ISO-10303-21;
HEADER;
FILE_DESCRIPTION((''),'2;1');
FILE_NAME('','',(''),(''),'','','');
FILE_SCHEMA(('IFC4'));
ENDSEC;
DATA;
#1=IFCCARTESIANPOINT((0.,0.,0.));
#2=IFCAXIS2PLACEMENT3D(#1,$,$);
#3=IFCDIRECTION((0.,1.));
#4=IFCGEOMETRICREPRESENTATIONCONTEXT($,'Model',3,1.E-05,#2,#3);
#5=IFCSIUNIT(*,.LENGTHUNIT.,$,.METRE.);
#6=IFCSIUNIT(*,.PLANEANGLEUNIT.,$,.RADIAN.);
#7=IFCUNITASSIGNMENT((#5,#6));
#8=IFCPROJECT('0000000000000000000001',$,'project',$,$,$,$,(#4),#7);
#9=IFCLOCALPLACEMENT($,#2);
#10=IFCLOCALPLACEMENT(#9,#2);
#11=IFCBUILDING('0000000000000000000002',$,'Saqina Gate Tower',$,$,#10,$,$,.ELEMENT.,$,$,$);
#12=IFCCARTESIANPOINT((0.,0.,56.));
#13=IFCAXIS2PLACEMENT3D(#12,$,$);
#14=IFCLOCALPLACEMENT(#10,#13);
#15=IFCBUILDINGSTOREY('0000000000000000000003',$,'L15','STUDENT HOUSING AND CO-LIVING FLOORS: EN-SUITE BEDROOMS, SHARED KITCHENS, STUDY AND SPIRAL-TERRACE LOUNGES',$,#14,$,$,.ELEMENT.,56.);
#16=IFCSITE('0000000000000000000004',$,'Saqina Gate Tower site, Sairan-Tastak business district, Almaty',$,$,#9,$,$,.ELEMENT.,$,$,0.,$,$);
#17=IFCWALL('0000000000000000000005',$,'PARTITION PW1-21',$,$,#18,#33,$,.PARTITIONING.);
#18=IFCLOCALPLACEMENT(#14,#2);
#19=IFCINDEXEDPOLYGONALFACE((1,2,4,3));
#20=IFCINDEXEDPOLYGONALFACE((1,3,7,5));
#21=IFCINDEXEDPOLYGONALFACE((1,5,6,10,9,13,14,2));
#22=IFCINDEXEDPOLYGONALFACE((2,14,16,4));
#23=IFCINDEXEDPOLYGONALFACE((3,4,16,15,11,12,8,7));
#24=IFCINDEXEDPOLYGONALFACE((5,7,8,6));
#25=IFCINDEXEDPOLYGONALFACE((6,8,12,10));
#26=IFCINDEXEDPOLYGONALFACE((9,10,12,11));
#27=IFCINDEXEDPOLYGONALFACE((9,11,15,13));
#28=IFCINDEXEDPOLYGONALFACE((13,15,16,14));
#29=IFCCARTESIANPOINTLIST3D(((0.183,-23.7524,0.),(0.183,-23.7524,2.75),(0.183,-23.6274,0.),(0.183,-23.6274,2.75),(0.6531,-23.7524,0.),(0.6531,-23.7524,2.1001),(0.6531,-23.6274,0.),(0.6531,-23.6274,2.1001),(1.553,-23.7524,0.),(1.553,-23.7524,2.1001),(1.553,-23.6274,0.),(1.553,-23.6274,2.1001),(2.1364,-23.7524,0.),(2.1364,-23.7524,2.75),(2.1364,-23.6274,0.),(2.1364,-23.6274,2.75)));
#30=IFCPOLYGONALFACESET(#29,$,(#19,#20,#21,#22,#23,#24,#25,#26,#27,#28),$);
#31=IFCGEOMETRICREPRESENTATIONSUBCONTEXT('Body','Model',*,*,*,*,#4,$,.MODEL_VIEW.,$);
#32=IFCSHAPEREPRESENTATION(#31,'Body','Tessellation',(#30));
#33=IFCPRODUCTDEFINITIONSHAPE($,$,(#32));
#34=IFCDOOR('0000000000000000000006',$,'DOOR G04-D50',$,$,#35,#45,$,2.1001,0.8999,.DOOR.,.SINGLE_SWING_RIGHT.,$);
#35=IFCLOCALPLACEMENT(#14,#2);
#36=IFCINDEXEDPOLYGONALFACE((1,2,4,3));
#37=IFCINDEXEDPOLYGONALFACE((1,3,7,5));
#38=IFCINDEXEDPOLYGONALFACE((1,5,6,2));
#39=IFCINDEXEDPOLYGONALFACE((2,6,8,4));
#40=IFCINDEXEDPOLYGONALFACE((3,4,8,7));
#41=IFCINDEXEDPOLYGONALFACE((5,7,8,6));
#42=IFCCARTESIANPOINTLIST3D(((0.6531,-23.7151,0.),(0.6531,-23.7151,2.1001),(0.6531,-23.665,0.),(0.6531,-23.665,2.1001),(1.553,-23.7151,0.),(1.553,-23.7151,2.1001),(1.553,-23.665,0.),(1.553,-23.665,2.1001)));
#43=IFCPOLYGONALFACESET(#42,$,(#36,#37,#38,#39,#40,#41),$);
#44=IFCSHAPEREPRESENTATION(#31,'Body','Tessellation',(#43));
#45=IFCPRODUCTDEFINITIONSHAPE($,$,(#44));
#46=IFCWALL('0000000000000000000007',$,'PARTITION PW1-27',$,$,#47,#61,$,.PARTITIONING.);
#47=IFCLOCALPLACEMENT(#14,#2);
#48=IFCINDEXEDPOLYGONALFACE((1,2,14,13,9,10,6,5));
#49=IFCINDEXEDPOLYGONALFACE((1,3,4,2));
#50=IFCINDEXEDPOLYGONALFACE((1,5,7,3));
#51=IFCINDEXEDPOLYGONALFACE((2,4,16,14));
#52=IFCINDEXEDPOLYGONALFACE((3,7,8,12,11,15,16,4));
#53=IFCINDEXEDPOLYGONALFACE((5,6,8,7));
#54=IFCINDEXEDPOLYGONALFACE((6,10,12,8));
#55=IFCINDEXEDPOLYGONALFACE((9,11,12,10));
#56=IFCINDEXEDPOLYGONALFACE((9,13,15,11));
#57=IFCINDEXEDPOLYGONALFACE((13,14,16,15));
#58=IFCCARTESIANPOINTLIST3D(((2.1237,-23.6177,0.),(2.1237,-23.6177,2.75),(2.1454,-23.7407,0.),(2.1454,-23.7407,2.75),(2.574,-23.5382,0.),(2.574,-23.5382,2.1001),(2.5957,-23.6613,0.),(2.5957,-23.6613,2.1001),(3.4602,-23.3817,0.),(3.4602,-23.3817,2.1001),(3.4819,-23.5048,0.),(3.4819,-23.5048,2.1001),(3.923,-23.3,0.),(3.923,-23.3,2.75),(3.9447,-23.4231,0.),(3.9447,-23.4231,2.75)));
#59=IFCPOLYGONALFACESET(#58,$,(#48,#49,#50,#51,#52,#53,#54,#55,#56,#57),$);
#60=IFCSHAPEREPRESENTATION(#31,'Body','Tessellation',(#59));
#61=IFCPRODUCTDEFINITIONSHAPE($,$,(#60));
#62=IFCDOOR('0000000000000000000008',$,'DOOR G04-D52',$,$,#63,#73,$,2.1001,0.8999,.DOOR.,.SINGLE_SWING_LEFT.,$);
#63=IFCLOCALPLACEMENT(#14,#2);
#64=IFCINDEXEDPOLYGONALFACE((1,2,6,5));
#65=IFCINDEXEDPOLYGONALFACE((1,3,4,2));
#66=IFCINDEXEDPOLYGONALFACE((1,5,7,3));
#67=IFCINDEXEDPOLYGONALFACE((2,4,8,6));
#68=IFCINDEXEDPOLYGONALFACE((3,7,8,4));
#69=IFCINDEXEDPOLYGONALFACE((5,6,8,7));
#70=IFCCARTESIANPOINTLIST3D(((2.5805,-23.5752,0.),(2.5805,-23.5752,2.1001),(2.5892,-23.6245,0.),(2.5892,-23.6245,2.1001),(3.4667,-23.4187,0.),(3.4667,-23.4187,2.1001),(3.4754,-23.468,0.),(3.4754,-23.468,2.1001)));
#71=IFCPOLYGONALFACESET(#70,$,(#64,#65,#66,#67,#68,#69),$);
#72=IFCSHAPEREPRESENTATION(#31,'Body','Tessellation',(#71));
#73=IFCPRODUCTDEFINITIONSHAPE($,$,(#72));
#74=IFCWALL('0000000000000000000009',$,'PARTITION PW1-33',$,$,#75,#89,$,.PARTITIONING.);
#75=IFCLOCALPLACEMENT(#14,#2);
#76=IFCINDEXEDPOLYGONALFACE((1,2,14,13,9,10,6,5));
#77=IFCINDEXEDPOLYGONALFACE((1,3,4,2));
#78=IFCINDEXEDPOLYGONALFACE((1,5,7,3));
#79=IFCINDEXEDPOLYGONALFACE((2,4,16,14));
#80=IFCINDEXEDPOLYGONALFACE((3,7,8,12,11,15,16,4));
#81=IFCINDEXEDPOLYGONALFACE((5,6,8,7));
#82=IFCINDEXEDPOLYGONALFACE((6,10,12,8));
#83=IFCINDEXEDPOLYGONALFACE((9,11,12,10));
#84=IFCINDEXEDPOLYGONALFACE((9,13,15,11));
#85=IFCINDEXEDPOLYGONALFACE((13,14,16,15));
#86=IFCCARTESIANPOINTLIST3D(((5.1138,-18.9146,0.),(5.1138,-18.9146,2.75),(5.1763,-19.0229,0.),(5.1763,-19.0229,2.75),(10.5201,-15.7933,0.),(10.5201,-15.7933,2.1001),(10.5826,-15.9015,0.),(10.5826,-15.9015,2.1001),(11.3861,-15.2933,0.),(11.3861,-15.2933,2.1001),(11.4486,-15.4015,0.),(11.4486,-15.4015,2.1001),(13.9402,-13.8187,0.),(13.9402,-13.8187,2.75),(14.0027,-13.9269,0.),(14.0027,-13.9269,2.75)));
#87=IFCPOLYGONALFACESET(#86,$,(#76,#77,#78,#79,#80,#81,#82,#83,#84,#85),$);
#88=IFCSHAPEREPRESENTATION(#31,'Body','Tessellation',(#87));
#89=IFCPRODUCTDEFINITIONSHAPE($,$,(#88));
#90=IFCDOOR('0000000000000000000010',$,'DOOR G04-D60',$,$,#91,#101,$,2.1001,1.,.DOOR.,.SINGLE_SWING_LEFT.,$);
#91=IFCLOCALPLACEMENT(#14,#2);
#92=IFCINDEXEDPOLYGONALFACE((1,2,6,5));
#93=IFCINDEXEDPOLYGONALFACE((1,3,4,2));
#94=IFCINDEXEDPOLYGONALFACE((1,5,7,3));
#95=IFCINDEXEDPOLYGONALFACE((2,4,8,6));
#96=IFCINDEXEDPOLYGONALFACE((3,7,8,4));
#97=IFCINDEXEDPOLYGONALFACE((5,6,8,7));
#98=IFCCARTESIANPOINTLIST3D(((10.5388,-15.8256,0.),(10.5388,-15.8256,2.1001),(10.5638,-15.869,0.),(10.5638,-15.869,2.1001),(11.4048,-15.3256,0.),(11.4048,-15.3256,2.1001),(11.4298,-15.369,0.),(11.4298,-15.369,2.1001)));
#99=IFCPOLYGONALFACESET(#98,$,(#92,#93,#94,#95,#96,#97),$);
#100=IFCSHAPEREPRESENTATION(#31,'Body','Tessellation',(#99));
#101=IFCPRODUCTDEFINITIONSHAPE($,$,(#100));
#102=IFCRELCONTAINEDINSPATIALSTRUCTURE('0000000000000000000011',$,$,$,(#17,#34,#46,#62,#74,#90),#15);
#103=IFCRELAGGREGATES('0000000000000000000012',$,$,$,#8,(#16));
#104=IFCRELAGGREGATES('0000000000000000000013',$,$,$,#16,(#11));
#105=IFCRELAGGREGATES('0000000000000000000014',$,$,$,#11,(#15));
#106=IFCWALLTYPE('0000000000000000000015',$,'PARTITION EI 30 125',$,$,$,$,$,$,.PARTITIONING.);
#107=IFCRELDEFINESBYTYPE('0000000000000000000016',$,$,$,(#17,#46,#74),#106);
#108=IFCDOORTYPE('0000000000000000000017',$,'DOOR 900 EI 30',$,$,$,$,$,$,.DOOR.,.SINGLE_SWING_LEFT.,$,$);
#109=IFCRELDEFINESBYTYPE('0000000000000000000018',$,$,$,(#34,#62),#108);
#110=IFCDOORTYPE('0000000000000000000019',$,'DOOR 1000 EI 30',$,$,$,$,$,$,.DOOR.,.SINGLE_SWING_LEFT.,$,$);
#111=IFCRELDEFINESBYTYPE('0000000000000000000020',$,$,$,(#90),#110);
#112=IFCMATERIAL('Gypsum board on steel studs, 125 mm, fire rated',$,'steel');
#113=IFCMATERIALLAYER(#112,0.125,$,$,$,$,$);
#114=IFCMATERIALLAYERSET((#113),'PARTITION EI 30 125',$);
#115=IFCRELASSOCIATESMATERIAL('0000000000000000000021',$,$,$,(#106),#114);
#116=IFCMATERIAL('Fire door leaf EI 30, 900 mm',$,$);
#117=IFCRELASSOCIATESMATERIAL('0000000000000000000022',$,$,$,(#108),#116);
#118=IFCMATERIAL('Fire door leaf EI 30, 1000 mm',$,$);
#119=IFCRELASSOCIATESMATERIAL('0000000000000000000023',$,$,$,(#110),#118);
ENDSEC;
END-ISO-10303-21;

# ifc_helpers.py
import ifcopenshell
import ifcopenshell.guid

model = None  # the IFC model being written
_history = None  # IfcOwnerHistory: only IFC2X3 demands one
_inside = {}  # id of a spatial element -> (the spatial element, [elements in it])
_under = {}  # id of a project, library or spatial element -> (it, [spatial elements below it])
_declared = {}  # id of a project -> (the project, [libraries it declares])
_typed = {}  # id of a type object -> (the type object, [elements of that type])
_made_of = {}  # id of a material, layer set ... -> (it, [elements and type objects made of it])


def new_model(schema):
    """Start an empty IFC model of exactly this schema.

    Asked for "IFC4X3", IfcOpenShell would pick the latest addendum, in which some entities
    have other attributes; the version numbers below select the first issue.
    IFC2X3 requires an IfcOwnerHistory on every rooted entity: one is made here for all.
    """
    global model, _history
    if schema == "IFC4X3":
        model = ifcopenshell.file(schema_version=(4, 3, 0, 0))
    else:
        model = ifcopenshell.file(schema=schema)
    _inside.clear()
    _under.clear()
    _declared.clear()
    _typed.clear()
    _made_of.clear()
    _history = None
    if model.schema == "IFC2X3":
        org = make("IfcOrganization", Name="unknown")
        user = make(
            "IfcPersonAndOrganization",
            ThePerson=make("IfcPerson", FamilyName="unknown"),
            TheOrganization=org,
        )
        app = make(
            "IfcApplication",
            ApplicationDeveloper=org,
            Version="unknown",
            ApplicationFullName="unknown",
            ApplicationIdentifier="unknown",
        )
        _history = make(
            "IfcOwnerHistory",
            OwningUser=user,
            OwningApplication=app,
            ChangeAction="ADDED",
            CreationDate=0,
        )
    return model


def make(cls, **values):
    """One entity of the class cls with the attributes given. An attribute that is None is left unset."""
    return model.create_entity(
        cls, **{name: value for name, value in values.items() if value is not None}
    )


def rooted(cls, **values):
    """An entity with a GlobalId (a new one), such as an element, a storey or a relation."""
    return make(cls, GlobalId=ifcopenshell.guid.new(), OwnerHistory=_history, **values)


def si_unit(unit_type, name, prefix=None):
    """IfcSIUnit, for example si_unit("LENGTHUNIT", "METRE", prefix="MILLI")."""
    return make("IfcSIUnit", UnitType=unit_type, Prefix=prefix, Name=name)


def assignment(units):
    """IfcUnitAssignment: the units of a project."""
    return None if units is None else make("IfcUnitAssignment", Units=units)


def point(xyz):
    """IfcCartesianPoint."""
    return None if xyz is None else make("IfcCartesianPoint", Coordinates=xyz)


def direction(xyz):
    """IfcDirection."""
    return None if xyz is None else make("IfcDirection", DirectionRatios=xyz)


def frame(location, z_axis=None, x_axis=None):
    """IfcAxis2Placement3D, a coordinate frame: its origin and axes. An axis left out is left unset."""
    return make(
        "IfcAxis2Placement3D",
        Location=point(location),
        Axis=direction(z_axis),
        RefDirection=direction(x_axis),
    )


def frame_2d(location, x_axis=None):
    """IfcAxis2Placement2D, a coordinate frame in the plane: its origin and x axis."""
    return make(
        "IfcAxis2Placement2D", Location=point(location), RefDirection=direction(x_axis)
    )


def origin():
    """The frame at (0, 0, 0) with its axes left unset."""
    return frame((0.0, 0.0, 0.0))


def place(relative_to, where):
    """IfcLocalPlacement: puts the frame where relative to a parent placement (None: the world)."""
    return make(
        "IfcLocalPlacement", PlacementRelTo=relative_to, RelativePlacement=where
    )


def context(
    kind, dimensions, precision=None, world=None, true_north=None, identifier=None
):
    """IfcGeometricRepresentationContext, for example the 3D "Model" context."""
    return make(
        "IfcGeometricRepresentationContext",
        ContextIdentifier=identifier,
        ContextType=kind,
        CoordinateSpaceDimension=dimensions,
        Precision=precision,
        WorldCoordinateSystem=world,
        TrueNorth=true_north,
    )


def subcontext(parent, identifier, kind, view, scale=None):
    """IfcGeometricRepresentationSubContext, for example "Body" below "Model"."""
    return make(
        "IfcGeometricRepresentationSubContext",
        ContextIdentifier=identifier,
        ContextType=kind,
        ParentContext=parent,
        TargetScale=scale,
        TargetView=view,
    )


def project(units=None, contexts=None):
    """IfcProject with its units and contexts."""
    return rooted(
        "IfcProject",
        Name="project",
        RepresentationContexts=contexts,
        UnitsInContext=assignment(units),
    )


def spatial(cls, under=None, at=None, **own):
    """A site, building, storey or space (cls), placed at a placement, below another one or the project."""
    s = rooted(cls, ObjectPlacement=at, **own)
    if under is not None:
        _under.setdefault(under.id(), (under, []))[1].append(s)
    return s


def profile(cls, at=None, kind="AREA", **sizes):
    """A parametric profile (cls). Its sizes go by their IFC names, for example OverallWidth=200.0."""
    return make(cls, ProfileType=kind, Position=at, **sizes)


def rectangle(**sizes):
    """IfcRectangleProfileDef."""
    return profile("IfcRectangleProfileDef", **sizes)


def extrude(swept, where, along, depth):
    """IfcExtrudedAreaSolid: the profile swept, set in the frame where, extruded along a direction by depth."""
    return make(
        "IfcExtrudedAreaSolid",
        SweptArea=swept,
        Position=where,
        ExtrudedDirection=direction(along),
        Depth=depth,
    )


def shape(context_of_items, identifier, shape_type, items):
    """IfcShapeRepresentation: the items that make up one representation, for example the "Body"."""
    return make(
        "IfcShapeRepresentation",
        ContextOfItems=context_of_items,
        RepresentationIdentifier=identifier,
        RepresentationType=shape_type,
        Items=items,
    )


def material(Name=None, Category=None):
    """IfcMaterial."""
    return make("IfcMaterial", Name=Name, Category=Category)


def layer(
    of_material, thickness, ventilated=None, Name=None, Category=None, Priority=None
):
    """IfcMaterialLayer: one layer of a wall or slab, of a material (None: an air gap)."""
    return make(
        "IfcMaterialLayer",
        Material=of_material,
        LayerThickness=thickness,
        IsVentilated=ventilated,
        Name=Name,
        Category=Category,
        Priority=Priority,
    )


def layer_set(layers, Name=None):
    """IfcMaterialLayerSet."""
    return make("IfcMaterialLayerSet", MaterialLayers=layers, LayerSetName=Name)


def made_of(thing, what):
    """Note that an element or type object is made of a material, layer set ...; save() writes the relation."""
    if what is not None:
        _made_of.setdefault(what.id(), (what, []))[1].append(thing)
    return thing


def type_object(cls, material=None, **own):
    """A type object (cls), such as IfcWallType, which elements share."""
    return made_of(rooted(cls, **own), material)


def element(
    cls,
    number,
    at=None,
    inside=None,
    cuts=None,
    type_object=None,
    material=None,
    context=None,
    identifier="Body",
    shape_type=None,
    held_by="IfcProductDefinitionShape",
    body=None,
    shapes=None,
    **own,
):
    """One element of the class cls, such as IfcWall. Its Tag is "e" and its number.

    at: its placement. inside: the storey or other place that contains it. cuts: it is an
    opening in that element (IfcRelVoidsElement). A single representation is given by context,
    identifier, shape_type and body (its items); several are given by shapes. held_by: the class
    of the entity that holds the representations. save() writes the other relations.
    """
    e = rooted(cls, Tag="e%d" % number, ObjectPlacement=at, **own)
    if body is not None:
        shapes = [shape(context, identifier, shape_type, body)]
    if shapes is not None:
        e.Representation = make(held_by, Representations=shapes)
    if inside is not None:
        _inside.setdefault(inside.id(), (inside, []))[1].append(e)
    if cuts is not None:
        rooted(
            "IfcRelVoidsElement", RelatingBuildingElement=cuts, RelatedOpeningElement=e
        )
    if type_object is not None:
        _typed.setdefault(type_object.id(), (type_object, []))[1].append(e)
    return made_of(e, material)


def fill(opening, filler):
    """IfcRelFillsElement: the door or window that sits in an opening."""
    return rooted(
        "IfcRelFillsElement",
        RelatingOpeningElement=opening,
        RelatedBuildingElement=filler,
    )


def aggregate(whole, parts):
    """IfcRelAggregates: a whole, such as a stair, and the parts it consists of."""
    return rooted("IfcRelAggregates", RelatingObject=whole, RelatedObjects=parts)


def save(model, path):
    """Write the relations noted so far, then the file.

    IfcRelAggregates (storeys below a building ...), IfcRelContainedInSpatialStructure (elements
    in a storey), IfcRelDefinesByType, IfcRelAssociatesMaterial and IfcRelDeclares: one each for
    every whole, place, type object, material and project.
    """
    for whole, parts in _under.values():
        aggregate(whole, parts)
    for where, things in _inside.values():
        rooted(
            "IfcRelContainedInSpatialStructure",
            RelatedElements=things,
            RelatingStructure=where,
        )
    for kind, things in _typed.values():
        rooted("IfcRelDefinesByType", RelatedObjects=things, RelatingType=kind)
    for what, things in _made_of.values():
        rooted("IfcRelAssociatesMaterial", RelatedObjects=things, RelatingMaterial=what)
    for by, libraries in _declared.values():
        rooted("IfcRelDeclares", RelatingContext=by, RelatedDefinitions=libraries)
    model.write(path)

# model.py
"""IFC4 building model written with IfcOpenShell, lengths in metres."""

from ifc_helpers import new_model, si_unit, direction, frame, frame_2d, origin, place, context, subcontext, project, spatial, rectangle, extrude, material, layer, layer_set, type_object, element, fill, save


model = new_model("IFC4")

# Units and contexts
model_context = context("Model", 3, precision=1e-05, world=origin(), true_north=direction((0.0, 1.0)))
body_context = subcontext(model_context, "Body", "Model", "MODEL_VIEW")
ifc_project = project(units=[si_unit("LENGTHUNIT", "METRE"), si_unit("PLANEANGLEUNIT", "RADIAN")], contexts=[model_context])

# Site, building, storey
site_placement = place(None, origin())
site = spatial("IfcSite", under=ifc_project, at=site_placement, Name="Saqina Gate Tower site, Sairan-Tastak business district, Almaty", CompositionType="ELEMENT", RefElevation=0.0)
building_placement = place(site_placement, origin())
building = spatial("IfcBuilding", under=site, at=building_placement, Name="Saqina Gate Tower", CompositionType="ELEMENT")
storey_placement = place(building_placement, frame((0.0, 0.0, 56.0)))
storey = spatial("IfcBuildingStorey", under=building, at=storey_placement, Name="L15", Description="STUDENT HOUSING AND CO-LIVING FLOORS: EN-SUITE BEDROOMS, SHARED KITCHENS, STUDY AND SPIRAL-TERRACE LOUNGES", CompositionType="ELEMENT", Elevation=56.0)

# Walls, openings, doors
ifc_material_1 = material(Name="Gypsum board on steel studs, 125 mm, fire rated", Category="steel")
ifc_layer_1 = layer(ifc_material_1, 0.125)
ifc_layer_set_1 = layer_set([ifc_layer_1], Name="PARTITION EI 30 125")
wall_type_1 = type_object("IfcWallType", Name="PARTITION EI 30 125", PredefinedType="PARTITIONING", material=ifc_layer_set_1)
wall_1_placement = place(storey_placement, frame((0.1831, -23.6899, 0.0), z_axis=(0.0, 0.0, 1.0), x_axis=(1.0, 0.0, 0.0)))
wall_1 = element("IfcWall", 1, at=wall_1_placement, inside=storey, type_object=wall_type_1, Name="PARTITION PW1-21", PredefinedType="PARTITIONING", context=body_context, shape_type="SweptSolid", body=[
    extrude(rectangle(XDim=1.9534, YDim=0.125, at=frame_2d((0.9766, 0.0))), origin(), (0.0, 0.0, 1.0), 2.75),
])
opening_1_placement = place(wall_1_placement, frame((0.47, 0.0, 0.0)))
opening_1 = element("IfcOpeningElement", 2, at=opening_1_placement, cuts=wall_1, PredefinedType="OPENING", context=body_context, shape_type="SweptSolid", body=[
    extrude(rectangle(XDim=0.8999, YDim=2.1001, at=frame_2d((0.45, 1.05))), frame((0.0, 0.0745, 0.0), z_axis=(0.0, -1.0, 0.0), x_axis=(1.0, 0.0, 0.0)), (0.0, 0.0, 1.0), 0.1489),
])
ifc_material_2 = material(Name="Fire door leaf EI 30, 900 mm")
door_type_1 = type_object("IfcDoorType", Name="DOOR 900 EI 30", OperationType="SINGLE_SWING_LEFT", PredefinedType="DOOR", material=ifc_material_2)
door_1_placement = place(opening_1_placement, origin())
door_1 = element("IfcDoor", 3, at=door_1_placement, inside=storey, type_object=door_type_1, Name="DOOR G04-D50", OperationType="SINGLE_SWING_RIGHT", OverallHeight=2.1001, OverallWidth=0.8999, PredefinedType="DOOR", context=body_context, shape_type="SweptSolid", body=[
    extrude(rectangle(XDim=0.8999, YDim=2.1001, at=frame_2d((0.45, 1.05))), frame((0.0, 0.0249, 0.0), z_axis=(0.0, -1.0, 0.0), x_axis=(1.0, 0.0, 0.0)), (0.0, 0.0, 1.0), 0.05),
])
fill(opening_1, door_1)
wall_2_placement = place(storey_placement, frame((2.1345, -23.6792, 0.0), z_axis=(0.0, 0.0, 1.0), x_axis=(0.984774, 0.173839, 0.0)))
wall_2 = element("IfcWall", 4, at=wall_2_placement, inside=storey, type_object=wall_type_1, Name="PARTITION PW1-27", PredefinedType="PARTITIONING", context=body_context, shape_type="SweptSolid", body=[
    extrude(rectangle(XDim=1.8271, YDim=0.125, at=frame_2d((0.9136, 0.0))), origin(), (0.0, 0.0, 1.0), 2.75),
])
opening_2_placement = place(wall_2_placement, frame((0.4573, 0.0, 0.0)))
opening_2 = element("IfcOpeningElement", 5, at=opening_2_placement, cuts=wall_2, PredefinedType="OPENING", context=body_context, shape_type="SweptSolid", body=[
    extrude(rectangle(XDim=0.8999, YDim=2.1001, at=frame_2d((0.45, 1.05))), frame((0.0, 0.0745, 0.0), z_axis=(0.0, -1.0, 0.0), x_axis=(1.0, 0.0, 0.0)), (0.0, 0.0, 1.0), 0.1489),
])
door_2_placement = place(opening_2_placement, origin())
door_2 = element("IfcDoor", 6, at=door_2_placement, inside=storey, type_object=door_type_1, Name="DOOR G04-D52", OperationType="SINGLE_SWING_LEFT", OverallHeight=2.1001, OverallWidth=0.8999, PredefinedType="DOOR", context=body_context, shape_type="SweptSolid", body=[
    extrude(rectangle(XDim=0.8999, YDim=2.1001, at=frame_2d((0.45, 1.05))), frame((0.0, 0.0249, 0.0), z_axis=(0.0, -1.0, 0.0), x_axis=(1.0, 0.0, 0.0)), (0.0, 0.0, 1.0), 0.05),
])
fill(opening_2, door_2)
wall_3_placement = place(storey_placement, frame((5.145, -18.9688, 0.0), z_axis=(0.0, 0.0, 1.0), x_axis=(0.866025, 0.500001, 0.0)))
wall_3 = element("IfcWall", 7, at=wall_3_placement, inside=storey, type_object=wall_type_1, Name="PARTITION PW1-33", PredefinedType="PARTITIONING", context=body_context, shape_type="SweptSolid", body=[
    extrude(rectangle(XDim=10.1919, YDim=0.125, at=frame_2d((5.0959, 0.0))), origin(), (0.0, 0.0, 1.0), 2.75),
])
opening_3_placement = place(wall_3_placement, frame((6.2427, 0.0, 0.0)))
opening_3 = element("IfcOpeningElement", 8, at=opening_3_placement, cuts=wall_3, PredefinedType="OPENING", context=body_context, shape_type="SweptSolid", body=[
    extrude(rectangle(XDim=1.0, YDim=2.1001, at=frame_2d((0.5, 1.05))), frame((0.0, 0.0745, 0.0), z_axis=(0.0, -1.0, 0.0), x_axis=(1.0, 0.0, 0.0)), (0.0, 0.0, 1.0), 0.1489),
])
ifc_material_3 = material(Name="Fire door leaf EI 30, 1000 mm")
door_type_2 = type_object("IfcDoorType", Name="DOOR 1000 EI 30", OperationType="SINGLE_SWING_LEFT", PredefinedType="DOOR", material=ifc_material_3)
door_3_placement = place(opening_3_placement, frame((1.0, 0.0, 0.0), z_axis=(0.0, 0.0, 1.0), x_axis=(-1.0, 0.0, 0.0)))
door_3 = element("IfcDoor", 9, at=door_3_placement, inside=storey, type_object=door_type_2, Name="DOOR G04-D60", OperationType="SINGLE_SWING_LEFT", OverallHeight=2.1001, OverallWidth=1.0, PredefinedType="DOOR", context=body_context, shape_type="SweptSolid", body=[
    extrude(rectangle(XDim=1.0, YDim=2.1001, at=frame_2d((0.5, 1.05))), frame((0.0, 0.0249, 0.0), z_axis=(0.0, -1.0, 0.0), x_axis=(1.0, 0.0, 0.0)), (0.0, 0.0, 1.0), 0.05),
])
fill(opening_3, door_3)

save(model, "model.ifc")
